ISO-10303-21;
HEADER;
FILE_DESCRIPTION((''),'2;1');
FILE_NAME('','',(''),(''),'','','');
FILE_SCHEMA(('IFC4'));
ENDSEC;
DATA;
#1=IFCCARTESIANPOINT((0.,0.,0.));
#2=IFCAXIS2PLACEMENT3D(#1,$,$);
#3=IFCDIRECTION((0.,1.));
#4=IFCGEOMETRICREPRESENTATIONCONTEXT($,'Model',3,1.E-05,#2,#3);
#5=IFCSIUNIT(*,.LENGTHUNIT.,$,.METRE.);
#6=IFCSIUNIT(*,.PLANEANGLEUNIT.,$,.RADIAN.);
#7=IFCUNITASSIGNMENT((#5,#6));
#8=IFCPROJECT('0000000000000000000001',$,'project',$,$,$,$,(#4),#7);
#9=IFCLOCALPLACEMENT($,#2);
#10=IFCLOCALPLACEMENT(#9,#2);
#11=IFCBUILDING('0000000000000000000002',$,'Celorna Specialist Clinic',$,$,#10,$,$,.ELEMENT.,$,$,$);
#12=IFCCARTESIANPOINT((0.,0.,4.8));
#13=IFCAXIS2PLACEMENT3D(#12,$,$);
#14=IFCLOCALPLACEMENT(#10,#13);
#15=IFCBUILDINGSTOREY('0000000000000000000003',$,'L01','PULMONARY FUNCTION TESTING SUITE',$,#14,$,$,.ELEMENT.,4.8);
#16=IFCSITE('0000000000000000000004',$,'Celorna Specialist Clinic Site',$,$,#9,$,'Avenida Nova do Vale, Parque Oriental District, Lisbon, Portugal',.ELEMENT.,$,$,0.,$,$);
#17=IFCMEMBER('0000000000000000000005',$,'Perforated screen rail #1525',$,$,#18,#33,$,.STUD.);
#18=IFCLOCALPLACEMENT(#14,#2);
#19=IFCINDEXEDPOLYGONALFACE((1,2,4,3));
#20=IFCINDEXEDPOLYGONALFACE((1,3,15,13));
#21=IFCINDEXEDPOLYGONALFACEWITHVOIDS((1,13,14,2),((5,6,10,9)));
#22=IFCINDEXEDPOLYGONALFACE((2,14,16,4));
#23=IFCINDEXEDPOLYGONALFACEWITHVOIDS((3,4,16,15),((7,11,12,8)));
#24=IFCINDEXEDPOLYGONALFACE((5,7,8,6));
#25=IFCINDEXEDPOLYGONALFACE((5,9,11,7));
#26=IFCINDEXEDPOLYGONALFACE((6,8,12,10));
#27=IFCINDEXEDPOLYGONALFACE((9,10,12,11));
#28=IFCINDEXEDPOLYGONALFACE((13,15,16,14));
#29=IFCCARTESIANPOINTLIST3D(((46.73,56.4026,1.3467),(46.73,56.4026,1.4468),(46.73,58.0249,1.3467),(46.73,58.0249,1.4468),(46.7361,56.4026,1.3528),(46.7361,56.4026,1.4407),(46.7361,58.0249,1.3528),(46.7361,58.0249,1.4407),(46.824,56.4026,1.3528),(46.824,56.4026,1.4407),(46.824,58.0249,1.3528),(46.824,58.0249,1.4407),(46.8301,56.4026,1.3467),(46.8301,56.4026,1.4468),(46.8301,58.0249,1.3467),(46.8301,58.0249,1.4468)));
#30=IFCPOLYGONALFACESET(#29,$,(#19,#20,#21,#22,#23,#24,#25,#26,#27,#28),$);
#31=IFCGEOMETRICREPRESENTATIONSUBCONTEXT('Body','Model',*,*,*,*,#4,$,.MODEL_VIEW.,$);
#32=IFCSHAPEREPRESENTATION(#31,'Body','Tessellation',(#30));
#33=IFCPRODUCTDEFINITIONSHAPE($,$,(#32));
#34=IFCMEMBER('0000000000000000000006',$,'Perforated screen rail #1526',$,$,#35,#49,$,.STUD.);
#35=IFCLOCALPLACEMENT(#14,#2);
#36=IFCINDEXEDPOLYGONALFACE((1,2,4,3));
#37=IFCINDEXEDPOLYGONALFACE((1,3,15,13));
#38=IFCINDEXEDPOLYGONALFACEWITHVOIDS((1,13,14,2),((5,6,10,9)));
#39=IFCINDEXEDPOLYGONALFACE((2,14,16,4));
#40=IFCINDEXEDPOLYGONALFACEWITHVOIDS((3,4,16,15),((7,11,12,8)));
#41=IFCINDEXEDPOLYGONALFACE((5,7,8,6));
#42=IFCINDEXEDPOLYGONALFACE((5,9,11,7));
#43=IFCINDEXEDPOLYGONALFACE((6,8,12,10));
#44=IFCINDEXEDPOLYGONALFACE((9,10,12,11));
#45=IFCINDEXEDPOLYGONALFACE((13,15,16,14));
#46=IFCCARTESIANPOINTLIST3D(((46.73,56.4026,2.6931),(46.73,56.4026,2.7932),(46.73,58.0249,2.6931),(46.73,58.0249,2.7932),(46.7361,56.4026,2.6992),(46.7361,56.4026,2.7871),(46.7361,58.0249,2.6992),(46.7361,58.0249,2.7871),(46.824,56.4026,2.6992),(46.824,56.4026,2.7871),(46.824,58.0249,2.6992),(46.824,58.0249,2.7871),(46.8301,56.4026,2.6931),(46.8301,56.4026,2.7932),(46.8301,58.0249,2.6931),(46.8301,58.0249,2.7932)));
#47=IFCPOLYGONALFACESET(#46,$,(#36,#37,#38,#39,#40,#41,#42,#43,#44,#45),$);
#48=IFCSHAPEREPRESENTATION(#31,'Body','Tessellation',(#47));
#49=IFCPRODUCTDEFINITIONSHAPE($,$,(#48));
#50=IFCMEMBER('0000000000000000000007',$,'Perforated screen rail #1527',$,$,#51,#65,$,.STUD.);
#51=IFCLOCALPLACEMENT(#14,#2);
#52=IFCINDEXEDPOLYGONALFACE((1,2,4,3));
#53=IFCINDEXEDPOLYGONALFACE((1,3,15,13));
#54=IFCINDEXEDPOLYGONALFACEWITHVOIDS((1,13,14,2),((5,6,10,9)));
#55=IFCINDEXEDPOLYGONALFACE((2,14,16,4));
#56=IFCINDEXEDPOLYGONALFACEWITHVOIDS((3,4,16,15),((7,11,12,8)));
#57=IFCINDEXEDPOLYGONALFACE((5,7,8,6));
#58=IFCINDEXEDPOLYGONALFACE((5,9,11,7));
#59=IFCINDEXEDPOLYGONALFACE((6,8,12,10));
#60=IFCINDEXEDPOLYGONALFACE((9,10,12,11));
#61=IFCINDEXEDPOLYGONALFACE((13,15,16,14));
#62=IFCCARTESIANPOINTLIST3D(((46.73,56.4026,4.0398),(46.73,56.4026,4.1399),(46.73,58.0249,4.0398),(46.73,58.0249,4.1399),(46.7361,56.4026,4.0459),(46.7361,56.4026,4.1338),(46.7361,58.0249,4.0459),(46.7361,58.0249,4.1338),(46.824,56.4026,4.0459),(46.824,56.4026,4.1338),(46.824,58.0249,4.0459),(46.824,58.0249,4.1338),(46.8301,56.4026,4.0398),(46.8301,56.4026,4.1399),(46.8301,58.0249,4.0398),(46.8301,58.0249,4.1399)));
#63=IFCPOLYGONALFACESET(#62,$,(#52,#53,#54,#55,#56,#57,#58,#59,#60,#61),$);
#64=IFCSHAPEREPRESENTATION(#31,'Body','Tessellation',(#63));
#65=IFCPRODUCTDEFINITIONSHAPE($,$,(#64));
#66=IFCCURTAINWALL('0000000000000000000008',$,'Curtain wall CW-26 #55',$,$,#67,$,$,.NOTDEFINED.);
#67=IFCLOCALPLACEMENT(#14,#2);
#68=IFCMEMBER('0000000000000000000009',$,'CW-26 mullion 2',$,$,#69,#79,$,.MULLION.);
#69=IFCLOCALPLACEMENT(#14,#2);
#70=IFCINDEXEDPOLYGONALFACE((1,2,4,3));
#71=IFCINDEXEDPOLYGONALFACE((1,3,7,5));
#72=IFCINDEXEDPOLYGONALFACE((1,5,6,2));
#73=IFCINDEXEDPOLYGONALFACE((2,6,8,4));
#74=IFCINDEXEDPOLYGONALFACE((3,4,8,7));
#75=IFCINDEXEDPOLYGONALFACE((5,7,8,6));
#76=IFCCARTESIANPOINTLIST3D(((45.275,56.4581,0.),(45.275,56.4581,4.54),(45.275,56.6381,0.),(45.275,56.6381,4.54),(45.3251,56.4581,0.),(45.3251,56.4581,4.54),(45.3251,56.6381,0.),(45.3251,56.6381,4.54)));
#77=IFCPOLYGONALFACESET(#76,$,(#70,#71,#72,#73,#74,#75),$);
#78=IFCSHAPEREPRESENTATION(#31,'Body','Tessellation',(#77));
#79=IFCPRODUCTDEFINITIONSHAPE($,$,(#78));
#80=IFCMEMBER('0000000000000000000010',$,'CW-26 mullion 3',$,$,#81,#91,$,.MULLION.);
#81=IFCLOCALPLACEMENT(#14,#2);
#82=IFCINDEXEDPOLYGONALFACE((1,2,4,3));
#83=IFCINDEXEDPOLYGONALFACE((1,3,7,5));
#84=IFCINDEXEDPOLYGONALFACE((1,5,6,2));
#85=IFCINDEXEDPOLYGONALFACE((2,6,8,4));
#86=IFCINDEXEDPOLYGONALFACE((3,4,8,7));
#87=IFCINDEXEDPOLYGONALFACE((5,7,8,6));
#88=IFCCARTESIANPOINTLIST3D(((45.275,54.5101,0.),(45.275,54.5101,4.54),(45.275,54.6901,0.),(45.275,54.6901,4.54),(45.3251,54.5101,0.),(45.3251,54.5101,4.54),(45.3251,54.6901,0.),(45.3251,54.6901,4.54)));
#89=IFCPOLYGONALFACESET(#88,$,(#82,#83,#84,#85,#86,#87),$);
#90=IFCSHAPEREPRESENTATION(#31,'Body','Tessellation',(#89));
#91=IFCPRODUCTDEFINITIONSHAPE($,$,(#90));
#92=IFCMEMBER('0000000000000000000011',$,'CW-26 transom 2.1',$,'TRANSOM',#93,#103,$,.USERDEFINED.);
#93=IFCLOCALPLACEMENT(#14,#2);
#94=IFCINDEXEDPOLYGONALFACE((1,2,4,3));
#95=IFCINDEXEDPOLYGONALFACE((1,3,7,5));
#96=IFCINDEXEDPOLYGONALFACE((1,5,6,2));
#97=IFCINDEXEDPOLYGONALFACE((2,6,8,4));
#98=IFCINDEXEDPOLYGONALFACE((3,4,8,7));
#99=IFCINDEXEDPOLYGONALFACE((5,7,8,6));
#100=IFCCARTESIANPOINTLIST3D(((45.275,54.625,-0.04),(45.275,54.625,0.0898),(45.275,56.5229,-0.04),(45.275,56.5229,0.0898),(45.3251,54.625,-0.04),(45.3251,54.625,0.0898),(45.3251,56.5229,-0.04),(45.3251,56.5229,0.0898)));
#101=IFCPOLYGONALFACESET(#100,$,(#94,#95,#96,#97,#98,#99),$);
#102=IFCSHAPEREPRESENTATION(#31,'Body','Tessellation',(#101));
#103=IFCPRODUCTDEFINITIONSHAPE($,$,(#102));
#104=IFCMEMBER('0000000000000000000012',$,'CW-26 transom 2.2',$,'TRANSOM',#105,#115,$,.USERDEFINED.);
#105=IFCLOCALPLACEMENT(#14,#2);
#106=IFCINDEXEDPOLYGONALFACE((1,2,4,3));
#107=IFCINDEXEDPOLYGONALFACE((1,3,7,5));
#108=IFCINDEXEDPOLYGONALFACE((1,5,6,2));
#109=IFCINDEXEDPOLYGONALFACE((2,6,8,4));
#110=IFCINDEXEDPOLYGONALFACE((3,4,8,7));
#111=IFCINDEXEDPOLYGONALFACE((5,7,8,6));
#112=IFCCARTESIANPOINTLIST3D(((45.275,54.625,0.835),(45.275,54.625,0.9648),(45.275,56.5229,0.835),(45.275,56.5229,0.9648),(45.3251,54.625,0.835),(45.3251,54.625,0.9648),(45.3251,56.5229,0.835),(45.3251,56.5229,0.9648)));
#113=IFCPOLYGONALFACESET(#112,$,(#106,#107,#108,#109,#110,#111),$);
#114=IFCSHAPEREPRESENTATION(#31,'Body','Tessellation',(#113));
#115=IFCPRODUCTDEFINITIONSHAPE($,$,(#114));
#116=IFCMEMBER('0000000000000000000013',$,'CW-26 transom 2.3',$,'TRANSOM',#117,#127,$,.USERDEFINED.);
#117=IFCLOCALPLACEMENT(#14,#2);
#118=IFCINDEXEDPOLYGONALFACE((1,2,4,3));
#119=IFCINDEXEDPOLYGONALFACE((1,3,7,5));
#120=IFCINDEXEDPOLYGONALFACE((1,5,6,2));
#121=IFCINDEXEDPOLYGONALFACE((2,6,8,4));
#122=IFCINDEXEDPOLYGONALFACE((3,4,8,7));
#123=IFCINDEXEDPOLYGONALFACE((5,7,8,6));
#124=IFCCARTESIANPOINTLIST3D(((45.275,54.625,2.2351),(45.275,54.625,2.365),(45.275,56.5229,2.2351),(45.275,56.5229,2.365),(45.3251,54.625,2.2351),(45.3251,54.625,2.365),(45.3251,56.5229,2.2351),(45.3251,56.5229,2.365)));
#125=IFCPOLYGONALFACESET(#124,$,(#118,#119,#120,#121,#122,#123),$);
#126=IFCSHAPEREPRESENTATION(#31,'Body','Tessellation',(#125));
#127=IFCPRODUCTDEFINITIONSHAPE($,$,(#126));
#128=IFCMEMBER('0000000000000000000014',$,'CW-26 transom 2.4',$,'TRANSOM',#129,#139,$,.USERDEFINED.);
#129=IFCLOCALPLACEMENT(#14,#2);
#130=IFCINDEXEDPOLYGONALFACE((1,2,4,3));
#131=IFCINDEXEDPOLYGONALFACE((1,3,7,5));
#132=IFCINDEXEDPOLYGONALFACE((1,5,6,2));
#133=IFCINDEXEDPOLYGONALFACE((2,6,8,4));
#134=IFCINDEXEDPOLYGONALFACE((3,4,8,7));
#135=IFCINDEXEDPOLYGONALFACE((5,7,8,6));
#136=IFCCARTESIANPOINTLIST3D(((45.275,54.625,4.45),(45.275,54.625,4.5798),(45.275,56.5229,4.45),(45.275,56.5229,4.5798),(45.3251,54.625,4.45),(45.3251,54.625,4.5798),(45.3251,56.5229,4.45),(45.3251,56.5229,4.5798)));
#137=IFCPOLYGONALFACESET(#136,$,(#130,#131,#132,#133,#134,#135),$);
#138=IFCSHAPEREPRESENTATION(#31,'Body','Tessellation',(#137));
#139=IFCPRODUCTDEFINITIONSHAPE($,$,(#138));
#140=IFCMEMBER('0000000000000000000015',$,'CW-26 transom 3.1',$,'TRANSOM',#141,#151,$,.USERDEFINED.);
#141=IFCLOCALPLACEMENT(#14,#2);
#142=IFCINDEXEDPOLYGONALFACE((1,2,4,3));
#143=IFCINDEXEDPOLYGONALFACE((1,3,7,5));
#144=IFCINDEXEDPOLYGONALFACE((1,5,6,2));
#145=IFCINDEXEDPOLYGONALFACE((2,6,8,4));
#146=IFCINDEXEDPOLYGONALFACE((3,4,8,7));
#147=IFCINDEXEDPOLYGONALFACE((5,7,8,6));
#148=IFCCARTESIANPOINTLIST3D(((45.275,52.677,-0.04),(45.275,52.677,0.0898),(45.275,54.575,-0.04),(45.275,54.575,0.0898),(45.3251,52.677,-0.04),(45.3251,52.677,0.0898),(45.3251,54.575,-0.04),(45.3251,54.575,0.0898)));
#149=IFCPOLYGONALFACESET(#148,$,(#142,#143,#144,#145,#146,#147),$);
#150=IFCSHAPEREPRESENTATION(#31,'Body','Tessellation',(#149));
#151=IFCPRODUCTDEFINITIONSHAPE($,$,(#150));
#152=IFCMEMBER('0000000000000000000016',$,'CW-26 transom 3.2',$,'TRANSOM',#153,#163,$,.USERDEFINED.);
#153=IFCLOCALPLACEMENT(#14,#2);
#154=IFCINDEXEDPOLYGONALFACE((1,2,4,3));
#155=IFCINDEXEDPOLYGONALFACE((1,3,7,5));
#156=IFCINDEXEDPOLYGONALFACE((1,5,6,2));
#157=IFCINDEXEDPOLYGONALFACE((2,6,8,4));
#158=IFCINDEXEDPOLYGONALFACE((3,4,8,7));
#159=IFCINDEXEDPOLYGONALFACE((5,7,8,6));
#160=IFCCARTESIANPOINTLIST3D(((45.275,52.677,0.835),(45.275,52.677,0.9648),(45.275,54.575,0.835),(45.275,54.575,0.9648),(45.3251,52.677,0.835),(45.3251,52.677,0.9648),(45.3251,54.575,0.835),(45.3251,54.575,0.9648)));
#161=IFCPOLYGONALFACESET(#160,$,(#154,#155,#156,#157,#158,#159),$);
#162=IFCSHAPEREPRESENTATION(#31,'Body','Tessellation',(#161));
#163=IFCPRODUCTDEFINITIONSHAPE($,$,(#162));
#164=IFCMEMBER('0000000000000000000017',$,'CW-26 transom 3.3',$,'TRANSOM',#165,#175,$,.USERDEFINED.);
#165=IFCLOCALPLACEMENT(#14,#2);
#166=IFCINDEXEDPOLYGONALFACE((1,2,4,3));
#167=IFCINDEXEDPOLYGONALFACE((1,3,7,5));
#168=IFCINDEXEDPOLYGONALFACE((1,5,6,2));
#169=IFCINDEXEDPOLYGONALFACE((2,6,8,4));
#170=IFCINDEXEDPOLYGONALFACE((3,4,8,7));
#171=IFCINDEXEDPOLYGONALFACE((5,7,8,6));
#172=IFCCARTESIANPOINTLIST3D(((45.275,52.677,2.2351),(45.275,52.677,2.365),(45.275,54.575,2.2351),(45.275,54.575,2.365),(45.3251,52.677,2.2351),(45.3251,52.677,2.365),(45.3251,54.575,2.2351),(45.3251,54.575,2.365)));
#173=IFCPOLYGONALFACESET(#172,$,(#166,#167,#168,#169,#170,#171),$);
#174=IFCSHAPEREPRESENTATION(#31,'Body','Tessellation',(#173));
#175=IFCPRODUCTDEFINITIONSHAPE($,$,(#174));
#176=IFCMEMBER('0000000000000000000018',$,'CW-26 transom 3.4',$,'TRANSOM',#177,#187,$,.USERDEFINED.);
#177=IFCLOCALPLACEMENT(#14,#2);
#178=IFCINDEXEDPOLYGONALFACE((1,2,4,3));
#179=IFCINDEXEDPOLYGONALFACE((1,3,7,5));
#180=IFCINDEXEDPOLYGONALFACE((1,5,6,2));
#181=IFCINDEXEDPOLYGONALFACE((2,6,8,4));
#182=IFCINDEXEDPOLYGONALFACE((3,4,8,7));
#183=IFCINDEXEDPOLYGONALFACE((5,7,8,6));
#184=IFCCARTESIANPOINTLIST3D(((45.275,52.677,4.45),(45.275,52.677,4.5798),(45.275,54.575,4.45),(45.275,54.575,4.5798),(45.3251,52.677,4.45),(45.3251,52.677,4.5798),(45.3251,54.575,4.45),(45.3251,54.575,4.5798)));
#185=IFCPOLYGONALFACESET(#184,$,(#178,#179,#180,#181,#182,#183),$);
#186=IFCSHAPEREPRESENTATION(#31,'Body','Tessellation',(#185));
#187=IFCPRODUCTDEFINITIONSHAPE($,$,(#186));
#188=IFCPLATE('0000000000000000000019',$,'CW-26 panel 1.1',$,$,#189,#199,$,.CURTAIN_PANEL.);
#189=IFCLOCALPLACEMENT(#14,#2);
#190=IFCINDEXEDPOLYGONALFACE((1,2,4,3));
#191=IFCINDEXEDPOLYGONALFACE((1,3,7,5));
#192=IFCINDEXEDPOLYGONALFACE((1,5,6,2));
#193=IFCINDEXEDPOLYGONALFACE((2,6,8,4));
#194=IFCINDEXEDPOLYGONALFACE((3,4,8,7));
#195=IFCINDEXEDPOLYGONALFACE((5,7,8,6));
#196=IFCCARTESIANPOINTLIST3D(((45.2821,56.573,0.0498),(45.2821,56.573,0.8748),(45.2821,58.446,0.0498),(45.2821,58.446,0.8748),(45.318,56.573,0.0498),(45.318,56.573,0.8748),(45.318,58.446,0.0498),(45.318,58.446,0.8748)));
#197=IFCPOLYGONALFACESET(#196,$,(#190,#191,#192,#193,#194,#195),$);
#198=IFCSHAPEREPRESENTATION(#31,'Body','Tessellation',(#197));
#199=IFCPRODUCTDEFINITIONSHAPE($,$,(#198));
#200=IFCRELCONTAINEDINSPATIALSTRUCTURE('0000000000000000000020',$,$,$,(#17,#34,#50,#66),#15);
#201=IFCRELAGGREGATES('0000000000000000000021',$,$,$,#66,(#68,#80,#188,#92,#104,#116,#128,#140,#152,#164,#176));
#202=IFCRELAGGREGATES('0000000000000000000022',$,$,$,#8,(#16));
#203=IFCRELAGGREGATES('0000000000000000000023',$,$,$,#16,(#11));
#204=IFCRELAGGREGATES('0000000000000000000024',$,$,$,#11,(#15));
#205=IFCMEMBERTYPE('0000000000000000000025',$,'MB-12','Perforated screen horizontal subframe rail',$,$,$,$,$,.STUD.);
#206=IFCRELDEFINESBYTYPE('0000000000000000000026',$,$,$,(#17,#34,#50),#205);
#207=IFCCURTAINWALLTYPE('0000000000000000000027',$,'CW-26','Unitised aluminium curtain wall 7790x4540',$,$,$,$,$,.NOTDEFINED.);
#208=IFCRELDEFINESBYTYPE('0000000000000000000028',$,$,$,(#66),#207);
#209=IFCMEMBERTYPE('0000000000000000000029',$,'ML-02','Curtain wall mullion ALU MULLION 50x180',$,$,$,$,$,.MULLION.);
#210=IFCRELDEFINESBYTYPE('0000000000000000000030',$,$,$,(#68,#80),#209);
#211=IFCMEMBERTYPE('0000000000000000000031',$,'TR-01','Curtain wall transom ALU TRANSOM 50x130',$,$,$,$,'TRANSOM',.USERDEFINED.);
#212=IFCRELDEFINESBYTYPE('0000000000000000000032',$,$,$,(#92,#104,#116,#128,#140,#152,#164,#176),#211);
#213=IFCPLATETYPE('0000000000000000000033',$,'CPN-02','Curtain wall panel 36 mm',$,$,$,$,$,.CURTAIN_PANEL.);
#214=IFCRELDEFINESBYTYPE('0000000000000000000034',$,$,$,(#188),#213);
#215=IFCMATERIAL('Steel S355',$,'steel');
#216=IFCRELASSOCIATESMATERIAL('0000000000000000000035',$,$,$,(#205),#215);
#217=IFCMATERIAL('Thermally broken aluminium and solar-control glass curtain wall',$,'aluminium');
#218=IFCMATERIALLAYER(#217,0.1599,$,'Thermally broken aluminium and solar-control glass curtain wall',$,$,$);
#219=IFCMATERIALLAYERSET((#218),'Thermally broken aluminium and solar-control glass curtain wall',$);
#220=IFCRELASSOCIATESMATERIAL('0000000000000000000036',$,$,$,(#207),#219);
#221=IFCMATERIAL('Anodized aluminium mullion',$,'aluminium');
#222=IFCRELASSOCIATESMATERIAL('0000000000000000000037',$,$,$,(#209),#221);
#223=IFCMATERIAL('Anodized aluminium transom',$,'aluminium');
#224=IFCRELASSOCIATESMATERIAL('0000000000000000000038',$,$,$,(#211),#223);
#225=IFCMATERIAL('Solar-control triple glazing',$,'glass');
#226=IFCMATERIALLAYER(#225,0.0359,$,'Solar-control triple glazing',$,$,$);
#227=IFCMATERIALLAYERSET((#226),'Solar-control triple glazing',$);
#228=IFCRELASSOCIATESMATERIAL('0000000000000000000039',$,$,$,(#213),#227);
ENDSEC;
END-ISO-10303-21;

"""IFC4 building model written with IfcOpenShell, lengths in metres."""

from ifc_helpers import new_model, si_unit, direction, frame, origin, origin_2d, place, context, subcontext, project, spatial, rectangle, hollow_rectangle, extrude, material, layer, layer_set, material_profile, profile_set, type_object, element, aggregate, save


model = new_model("IFC4")

# Units and contexts
model_context = context("Model", 3, precision=1e-05, world=origin(), true_north=direction((0.0, 1.0)))
body_context = subcontext(model_context, "Body", "Model", "MODEL_VIEW")
ifc_project = project(units=[si_unit("LENGTHUNIT", "METRE"), si_unit("PLANEANGLEUNIT", "RADIAN")], contexts=[model_context])

# Site, building, storey
site_placement = place(None, origin())
site = spatial("IfcSite", under=ifc_project, at=site_placement, Name="Celorna Specialist Clinic Site", LongName="Avenida Nova do Vale, Parque Oriental District, Lisbon, Portugal", CompositionType="ELEMENT", RefElevation=0.0)
building_placement = place(site_placement, origin())
building = spatial("IfcBuilding", under=site, at=building_placement, Name="Celorna Specialist Clinic", CompositionType="ELEMENT")
storey_placement = place(building_placement, frame((0.0, 0.0, 4.8)))
storey = spatial("IfcBuildingStorey", under=building, at=storey_placement, Name="L01", Description="PULMONARY FUNCTION TESTING SUITE", CompositionType="ELEMENT", Elevation=4.8)

# Members
ifc_material_1 = material(Name="Steel S355", Category="steel")
ifc_material_profile_1 = material_profile(ifc_material_1, hollow_rectangle(XDim=0.1001, YDim=0.1001, WallThickness=0.0061, at=origin_2d()), Name="SHS 100x100x6")
ifc_profile_set_1 = profile_set([ifc_material_profile_1], Name="Steel S355")
member_type_1 = type_object("IfcMemberType", Name="MB-12", Description="Perforated screen horizontal subframe rail", PredefinedType="STUD", material=ifc_profile_set_1)
for number, where, z_axis, x_axis, name in (
    (1, (46.78, 56.4026, 1.3967), (0.0, 1.0, 0.0), (-1.0, 0.0, 0.0), "Perforated screen rail #1525"),
    (2, (46.78, 56.4026, 2.7432), (0.0, 1.0, 0.0), (-1.0, 0.0, 0.0), "Perforated screen rail #1526"),
    (3, (46.78, 56.4026, 4.0898), (0.0, 1.0, 0.0), (-1.0, 0.0, 0.0), "Perforated screen rail #1527"),
):
    element("IfcMember", number, at=place(storey_placement, frame(where, z_axis=z_axis, x_axis=x_axis)), inside=storey, type_object=member_type_1, Name=name, PredefinedType="STUD", context=body_context, shape_type="SweptSolid", body=[
        extrude(hollow_rectangle(XDim=0.1001, YDim=0.1001, WallThickness=0.0061, at=origin_2d()), origin(), (0.0, 0.0, 1.0), 1.6223),
    ])

# Curtain wall, members, plate
ifc_material_2 = material(Name="Thermally broken aluminium and solar-control glass curtain wall", Category="aluminium")
ifc_layer_1 = layer(ifc_material_2, 0.1599, Name="Thermally broken aluminium and solar-control glass curtain wall")
ifc_layer_set_1 = layer_set([ifc_layer_1], Name="Thermally broken aluminium and solar-control glass curtain wall")
curtain_wall_type = type_object("IfcCurtainWallType", Name="CW-26", Description="Unitised aluminium curtain wall 7790x4540", PredefinedType="NOTDEFINED", material=ifc_layer_set_1)
curtain_wall_placement = place(storey_placement, origin())
curtain_wall = element("IfcCurtainWall", 4, at=curtain_wall_placement, inside=storey, type_object=curtain_wall_type, Name="Curtain wall CW-26 #55", PredefinedType="NOTDEFINED")
ifc_material_3 = material(Name="Anodized aluminium mullion", Category="aluminium")
ifc_material_profile_2 = material_profile(ifc_material_3, rectangle(XDim=0.05, YDim=0.1799, at=origin_2d()), Name="ALU MULLION 50x180")
ifc_profile_set_2 = profile_set([ifc_material_profile_2], Name="Anodized aluminium mullion")
member_type_2 = type_object("IfcMemberType", Name="ML-02", Description="Curtain wall mullion ALU MULLION 50x180", PredefinedType="MULLION", material=ifc_profile_set_2)
member_1_placement = place(storey_placement, frame((45.3, 56.5481, 0.0), z_axis=(0.0, 0.0, 1.0), x_axis=(1.0, 0.0, 0.0)))
member_1 = element("IfcMember", 5, at=member_1_placement, type_object=member_type_2, Name="CW-26 mullion 2", PredefinedType="MULLION", context=body_context, shape_type="SweptSolid", body=[
    extrude(rectangle(XDim=0.05, YDim=0.1799, at=origin_2d()), origin(), (0.0, 0.0, 1.0), 4.54),
])
member_2_placement = place(storey_placement, frame((45.3, 54.6001, 0.0), z_axis=(0.0, 0.0, 1.0), x_axis=(1.0, 0.0, 0.0)))
member_2 = element("IfcMember", 6, at=member_2_placement, type_object=member_type_2, Name="CW-26 mullion 3", PredefinedType="MULLION", context=body_context, shape_type="SweptSolid", body=[
    extrude(rectangle(XDim=0.05, YDim=0.1799, at=origin_2d()), origin(), (0.0, 0.0, 1.0), 4.54),
])
ifc_material_4 = material(Name="Anodized aluminium transom", Category="aluminium")
ifc_material_profile_3 = material_profile(ifc_material_4, rectangle(XDim=0.05, YDim=0.1299, at=origin_2d()), Name="ALU TRANSOM 50x130")
ifc_profile_set_3 = profile_set([ifc_material_profile_3], Name="Anodized aluminium transom")
member_type_3 = type_object("IfcMemberType", Name="TR-01", Description="Curtain wall transom ALU TRANSOM 50x130", ElementType="TRANSOM", PredefinedType="USERDEFINED", material=ifc_profile_set_3)
member_3_placement = place(storey_placement, frame((45.3, 56.5229, 0.0249), z_axis=(0.0, -1.0, 0.0), x_axis=(1.0, 0.0, 0.0)))
member_3 = element("IfcMember", 7, at=member_3_placement, type_object=member_type_3, Name="CW-26 transom 2.1", ObjectType="TRANSOM", PredefinedType="USERDEFINED", context=body_context, shape_type="SweptSolid", body=[
    extrude(rectangle(XDim=0.05, YDim=0.1299, at=origin_2d()), origin(), (0.0, 0.0, 1.0), 1.8979),
])
member_4_placement = place(storey_placement, frame((45.3, 56.5229, 0.8999), z_axis=(0.0, -1.0, 0.0), x_axis=(1.0, 0.0, 0.0)))
member_4 = element("IfcMember", 8, at=member_4_placement, type_object=member_type_3, Name="CW-26 transom 2.2", ObjectType="TRANSOM", PredefinedType="USERDEFINED", context=body_context, shape_type="SweptSolid", body=[
    extrude(rectangle(XDim=0.05, YDim=0.1299, at=origin_2d()), origin(), (0.0, 0.0, 1.0), 1.8979),
])
member_5_placement = place(storey_placement, frame((45.3, 56.5229, 2.3), z_axis=(0.0, -1.0, 0.0), x_axis=(1.0, 0.0, 0.0)))
member_5 = element("IfcMember", 9, at=member_5_placement, type_object=member_type_3, Name="CW-26 transom 2.3", ObjectType="TRANSOM", PredefinedType="USERDEFINED", context=body_context, shape_type="SweptSolid", body=[
    extrude(rectangle(XDim=0.05, YDim=0.1299, at=origin_2d()), origin(), (0.0, 0.0, 1.0), 1.8979),
])
member_6_placement = place(storey_placement, frame((45.3, 56.5229, 4.5149), z_axis=(0.0, -1.0, 0.0), x_axis=(1.0, 0.0, 0.0)))
member_6 = element("IfcMember", 10, at=member_6_placement, type_object=member_type_3, Name="CW-26 transom 2.4", ObjectType="TRANSOM", PredefinedType="USERDEFINED", context=body_context, shape_type="SweptSolid", body=[
    extrude(rectangle(XDim=0.05, YDim=0.1299, at=origin_2d()), origin(), (0.0, 0.0, 1.0), 1.8979),
])
member_7_placement = place(storey_placement, frame((45.3, 54.575, 0.0249), z_axis=(0.0, -1.0, 0.0), x_axis=(1.0, 0.0, 0.0)))
member_7 = element("IfcMember", 11, at=member_7_placement, type_object=member_type_3, Name="CW-26 transom 3.1", ObjectType="TRANSOM", PredefinedType="USERDEFINED", context=body_context, shape_type="SweptSolid", body=[
    extrude(rectangle(XDim=0.05, YDim=0.1299, at=origin_2d()), origin(), (0.0, 0.0, 1.0), 1.8979),
])
member_8_placement = place(storey_placement, frame((45.3, 54.575, 0.8999), z_axis=(0.0, -1.0, 0.0), x_axis=(1.0, 0.0, 0.0)))
member_8 = element("IfcMember", 12, at=member_8_placement, type_object=member_type_3, Name="CW-26 transom 3.2", ObjectType="TRANSOM", PredefinedType="USERDEFINED", context=body_context, shape_type="SweptSolid", body=[
    extrude(rectangle(XDim=0.05, YDim=0.1299, at=origin_2d()), origin(), (0.0, 0.0, 1.0), 1.8979),
])
member_9_placement = place(storey_placement, frame((45.3, 54.575, 2.3), z_axis=(0.0, -1.0, 0.0), x_axis=(1.0, 0.0, 0.0)))
member_9 = element("IfcMember", 13, at=member_9_placement, type_object=member_type_3, Name="CW-26 transom 3.3", ObjectType="TRANSOM", PredefinedType="USERDEFINED", context=body_context, shape_type="SweptSolid", body=[
    extrude(rectangle(XDim=0.05, YDim=0.1299, at=origin_2d()), origin(), (0.0, 0.0, 1.0), 1.8979),
])
member_10_placement = place(storey_placement, frame((45.3, 54.575, 4.5149), z_axis=(0.0, -1.0, 0.0), x_axis=(1.0, 0.0, 0.0)))
member_10 = element("IfcMember", 14, at=member_10_placement, type_object=member_type_3, Name="CW-26 transom 3.4", ObjectType="TRANSOM", PredefinedType="USERDEFINED", context=body_context, shape_type="SweptSolid", body=[
    extrude(rectangle(XDim=0.05, YDim=0.1299, at=origin_2d()), origin(), (0.0, 0.0, 1.0), 1.8979),
])
ifc_material_5 = material(Name="Solar-control triple glazing", Category="glass")
ifc_layer_2 = layer(ifc_material_5, 0.0359, Name="Solar-control triple glazing")
ifc_layer_set_2 = layer_set([ifc_layer_2], Name="Solar-control triple glazing")
plate_type_1 = type_object("IfcPlateType", Name="CPN-02", Description="Curtain wall panel 36 mm", PredefinedType="CURTAIN_PANEL", material=ifc_layer_set_2)
plate_1_placement = place(storey_placement, frame((45.3, 57.5095, 0.0498), z_axis=(0.0, 0.0, 1.0), x_axis=(0.0, -1.0, 0.0)))
plate_1 = element("IfcPlate", 15, at=plate_1_placement, type_object=plate_type_1, Name="CW-26 panel 1.1", PredefinedType="CURTAIN_PANEL", context=body_context, shape_type="SweptSolid", body=[
    extrude(rectangle(XDim=1.873, YDim=0.0359, at=origin_2d()), origin(), (0.0, 0.0, 1.0), 0.825),
])
aggregate(curtain_wall, [member_1, member_2, plate_1, member_3, member_4, member_5, member_6, member_7, member_8, member_9, member_10])

save(model, "model.ifc")
